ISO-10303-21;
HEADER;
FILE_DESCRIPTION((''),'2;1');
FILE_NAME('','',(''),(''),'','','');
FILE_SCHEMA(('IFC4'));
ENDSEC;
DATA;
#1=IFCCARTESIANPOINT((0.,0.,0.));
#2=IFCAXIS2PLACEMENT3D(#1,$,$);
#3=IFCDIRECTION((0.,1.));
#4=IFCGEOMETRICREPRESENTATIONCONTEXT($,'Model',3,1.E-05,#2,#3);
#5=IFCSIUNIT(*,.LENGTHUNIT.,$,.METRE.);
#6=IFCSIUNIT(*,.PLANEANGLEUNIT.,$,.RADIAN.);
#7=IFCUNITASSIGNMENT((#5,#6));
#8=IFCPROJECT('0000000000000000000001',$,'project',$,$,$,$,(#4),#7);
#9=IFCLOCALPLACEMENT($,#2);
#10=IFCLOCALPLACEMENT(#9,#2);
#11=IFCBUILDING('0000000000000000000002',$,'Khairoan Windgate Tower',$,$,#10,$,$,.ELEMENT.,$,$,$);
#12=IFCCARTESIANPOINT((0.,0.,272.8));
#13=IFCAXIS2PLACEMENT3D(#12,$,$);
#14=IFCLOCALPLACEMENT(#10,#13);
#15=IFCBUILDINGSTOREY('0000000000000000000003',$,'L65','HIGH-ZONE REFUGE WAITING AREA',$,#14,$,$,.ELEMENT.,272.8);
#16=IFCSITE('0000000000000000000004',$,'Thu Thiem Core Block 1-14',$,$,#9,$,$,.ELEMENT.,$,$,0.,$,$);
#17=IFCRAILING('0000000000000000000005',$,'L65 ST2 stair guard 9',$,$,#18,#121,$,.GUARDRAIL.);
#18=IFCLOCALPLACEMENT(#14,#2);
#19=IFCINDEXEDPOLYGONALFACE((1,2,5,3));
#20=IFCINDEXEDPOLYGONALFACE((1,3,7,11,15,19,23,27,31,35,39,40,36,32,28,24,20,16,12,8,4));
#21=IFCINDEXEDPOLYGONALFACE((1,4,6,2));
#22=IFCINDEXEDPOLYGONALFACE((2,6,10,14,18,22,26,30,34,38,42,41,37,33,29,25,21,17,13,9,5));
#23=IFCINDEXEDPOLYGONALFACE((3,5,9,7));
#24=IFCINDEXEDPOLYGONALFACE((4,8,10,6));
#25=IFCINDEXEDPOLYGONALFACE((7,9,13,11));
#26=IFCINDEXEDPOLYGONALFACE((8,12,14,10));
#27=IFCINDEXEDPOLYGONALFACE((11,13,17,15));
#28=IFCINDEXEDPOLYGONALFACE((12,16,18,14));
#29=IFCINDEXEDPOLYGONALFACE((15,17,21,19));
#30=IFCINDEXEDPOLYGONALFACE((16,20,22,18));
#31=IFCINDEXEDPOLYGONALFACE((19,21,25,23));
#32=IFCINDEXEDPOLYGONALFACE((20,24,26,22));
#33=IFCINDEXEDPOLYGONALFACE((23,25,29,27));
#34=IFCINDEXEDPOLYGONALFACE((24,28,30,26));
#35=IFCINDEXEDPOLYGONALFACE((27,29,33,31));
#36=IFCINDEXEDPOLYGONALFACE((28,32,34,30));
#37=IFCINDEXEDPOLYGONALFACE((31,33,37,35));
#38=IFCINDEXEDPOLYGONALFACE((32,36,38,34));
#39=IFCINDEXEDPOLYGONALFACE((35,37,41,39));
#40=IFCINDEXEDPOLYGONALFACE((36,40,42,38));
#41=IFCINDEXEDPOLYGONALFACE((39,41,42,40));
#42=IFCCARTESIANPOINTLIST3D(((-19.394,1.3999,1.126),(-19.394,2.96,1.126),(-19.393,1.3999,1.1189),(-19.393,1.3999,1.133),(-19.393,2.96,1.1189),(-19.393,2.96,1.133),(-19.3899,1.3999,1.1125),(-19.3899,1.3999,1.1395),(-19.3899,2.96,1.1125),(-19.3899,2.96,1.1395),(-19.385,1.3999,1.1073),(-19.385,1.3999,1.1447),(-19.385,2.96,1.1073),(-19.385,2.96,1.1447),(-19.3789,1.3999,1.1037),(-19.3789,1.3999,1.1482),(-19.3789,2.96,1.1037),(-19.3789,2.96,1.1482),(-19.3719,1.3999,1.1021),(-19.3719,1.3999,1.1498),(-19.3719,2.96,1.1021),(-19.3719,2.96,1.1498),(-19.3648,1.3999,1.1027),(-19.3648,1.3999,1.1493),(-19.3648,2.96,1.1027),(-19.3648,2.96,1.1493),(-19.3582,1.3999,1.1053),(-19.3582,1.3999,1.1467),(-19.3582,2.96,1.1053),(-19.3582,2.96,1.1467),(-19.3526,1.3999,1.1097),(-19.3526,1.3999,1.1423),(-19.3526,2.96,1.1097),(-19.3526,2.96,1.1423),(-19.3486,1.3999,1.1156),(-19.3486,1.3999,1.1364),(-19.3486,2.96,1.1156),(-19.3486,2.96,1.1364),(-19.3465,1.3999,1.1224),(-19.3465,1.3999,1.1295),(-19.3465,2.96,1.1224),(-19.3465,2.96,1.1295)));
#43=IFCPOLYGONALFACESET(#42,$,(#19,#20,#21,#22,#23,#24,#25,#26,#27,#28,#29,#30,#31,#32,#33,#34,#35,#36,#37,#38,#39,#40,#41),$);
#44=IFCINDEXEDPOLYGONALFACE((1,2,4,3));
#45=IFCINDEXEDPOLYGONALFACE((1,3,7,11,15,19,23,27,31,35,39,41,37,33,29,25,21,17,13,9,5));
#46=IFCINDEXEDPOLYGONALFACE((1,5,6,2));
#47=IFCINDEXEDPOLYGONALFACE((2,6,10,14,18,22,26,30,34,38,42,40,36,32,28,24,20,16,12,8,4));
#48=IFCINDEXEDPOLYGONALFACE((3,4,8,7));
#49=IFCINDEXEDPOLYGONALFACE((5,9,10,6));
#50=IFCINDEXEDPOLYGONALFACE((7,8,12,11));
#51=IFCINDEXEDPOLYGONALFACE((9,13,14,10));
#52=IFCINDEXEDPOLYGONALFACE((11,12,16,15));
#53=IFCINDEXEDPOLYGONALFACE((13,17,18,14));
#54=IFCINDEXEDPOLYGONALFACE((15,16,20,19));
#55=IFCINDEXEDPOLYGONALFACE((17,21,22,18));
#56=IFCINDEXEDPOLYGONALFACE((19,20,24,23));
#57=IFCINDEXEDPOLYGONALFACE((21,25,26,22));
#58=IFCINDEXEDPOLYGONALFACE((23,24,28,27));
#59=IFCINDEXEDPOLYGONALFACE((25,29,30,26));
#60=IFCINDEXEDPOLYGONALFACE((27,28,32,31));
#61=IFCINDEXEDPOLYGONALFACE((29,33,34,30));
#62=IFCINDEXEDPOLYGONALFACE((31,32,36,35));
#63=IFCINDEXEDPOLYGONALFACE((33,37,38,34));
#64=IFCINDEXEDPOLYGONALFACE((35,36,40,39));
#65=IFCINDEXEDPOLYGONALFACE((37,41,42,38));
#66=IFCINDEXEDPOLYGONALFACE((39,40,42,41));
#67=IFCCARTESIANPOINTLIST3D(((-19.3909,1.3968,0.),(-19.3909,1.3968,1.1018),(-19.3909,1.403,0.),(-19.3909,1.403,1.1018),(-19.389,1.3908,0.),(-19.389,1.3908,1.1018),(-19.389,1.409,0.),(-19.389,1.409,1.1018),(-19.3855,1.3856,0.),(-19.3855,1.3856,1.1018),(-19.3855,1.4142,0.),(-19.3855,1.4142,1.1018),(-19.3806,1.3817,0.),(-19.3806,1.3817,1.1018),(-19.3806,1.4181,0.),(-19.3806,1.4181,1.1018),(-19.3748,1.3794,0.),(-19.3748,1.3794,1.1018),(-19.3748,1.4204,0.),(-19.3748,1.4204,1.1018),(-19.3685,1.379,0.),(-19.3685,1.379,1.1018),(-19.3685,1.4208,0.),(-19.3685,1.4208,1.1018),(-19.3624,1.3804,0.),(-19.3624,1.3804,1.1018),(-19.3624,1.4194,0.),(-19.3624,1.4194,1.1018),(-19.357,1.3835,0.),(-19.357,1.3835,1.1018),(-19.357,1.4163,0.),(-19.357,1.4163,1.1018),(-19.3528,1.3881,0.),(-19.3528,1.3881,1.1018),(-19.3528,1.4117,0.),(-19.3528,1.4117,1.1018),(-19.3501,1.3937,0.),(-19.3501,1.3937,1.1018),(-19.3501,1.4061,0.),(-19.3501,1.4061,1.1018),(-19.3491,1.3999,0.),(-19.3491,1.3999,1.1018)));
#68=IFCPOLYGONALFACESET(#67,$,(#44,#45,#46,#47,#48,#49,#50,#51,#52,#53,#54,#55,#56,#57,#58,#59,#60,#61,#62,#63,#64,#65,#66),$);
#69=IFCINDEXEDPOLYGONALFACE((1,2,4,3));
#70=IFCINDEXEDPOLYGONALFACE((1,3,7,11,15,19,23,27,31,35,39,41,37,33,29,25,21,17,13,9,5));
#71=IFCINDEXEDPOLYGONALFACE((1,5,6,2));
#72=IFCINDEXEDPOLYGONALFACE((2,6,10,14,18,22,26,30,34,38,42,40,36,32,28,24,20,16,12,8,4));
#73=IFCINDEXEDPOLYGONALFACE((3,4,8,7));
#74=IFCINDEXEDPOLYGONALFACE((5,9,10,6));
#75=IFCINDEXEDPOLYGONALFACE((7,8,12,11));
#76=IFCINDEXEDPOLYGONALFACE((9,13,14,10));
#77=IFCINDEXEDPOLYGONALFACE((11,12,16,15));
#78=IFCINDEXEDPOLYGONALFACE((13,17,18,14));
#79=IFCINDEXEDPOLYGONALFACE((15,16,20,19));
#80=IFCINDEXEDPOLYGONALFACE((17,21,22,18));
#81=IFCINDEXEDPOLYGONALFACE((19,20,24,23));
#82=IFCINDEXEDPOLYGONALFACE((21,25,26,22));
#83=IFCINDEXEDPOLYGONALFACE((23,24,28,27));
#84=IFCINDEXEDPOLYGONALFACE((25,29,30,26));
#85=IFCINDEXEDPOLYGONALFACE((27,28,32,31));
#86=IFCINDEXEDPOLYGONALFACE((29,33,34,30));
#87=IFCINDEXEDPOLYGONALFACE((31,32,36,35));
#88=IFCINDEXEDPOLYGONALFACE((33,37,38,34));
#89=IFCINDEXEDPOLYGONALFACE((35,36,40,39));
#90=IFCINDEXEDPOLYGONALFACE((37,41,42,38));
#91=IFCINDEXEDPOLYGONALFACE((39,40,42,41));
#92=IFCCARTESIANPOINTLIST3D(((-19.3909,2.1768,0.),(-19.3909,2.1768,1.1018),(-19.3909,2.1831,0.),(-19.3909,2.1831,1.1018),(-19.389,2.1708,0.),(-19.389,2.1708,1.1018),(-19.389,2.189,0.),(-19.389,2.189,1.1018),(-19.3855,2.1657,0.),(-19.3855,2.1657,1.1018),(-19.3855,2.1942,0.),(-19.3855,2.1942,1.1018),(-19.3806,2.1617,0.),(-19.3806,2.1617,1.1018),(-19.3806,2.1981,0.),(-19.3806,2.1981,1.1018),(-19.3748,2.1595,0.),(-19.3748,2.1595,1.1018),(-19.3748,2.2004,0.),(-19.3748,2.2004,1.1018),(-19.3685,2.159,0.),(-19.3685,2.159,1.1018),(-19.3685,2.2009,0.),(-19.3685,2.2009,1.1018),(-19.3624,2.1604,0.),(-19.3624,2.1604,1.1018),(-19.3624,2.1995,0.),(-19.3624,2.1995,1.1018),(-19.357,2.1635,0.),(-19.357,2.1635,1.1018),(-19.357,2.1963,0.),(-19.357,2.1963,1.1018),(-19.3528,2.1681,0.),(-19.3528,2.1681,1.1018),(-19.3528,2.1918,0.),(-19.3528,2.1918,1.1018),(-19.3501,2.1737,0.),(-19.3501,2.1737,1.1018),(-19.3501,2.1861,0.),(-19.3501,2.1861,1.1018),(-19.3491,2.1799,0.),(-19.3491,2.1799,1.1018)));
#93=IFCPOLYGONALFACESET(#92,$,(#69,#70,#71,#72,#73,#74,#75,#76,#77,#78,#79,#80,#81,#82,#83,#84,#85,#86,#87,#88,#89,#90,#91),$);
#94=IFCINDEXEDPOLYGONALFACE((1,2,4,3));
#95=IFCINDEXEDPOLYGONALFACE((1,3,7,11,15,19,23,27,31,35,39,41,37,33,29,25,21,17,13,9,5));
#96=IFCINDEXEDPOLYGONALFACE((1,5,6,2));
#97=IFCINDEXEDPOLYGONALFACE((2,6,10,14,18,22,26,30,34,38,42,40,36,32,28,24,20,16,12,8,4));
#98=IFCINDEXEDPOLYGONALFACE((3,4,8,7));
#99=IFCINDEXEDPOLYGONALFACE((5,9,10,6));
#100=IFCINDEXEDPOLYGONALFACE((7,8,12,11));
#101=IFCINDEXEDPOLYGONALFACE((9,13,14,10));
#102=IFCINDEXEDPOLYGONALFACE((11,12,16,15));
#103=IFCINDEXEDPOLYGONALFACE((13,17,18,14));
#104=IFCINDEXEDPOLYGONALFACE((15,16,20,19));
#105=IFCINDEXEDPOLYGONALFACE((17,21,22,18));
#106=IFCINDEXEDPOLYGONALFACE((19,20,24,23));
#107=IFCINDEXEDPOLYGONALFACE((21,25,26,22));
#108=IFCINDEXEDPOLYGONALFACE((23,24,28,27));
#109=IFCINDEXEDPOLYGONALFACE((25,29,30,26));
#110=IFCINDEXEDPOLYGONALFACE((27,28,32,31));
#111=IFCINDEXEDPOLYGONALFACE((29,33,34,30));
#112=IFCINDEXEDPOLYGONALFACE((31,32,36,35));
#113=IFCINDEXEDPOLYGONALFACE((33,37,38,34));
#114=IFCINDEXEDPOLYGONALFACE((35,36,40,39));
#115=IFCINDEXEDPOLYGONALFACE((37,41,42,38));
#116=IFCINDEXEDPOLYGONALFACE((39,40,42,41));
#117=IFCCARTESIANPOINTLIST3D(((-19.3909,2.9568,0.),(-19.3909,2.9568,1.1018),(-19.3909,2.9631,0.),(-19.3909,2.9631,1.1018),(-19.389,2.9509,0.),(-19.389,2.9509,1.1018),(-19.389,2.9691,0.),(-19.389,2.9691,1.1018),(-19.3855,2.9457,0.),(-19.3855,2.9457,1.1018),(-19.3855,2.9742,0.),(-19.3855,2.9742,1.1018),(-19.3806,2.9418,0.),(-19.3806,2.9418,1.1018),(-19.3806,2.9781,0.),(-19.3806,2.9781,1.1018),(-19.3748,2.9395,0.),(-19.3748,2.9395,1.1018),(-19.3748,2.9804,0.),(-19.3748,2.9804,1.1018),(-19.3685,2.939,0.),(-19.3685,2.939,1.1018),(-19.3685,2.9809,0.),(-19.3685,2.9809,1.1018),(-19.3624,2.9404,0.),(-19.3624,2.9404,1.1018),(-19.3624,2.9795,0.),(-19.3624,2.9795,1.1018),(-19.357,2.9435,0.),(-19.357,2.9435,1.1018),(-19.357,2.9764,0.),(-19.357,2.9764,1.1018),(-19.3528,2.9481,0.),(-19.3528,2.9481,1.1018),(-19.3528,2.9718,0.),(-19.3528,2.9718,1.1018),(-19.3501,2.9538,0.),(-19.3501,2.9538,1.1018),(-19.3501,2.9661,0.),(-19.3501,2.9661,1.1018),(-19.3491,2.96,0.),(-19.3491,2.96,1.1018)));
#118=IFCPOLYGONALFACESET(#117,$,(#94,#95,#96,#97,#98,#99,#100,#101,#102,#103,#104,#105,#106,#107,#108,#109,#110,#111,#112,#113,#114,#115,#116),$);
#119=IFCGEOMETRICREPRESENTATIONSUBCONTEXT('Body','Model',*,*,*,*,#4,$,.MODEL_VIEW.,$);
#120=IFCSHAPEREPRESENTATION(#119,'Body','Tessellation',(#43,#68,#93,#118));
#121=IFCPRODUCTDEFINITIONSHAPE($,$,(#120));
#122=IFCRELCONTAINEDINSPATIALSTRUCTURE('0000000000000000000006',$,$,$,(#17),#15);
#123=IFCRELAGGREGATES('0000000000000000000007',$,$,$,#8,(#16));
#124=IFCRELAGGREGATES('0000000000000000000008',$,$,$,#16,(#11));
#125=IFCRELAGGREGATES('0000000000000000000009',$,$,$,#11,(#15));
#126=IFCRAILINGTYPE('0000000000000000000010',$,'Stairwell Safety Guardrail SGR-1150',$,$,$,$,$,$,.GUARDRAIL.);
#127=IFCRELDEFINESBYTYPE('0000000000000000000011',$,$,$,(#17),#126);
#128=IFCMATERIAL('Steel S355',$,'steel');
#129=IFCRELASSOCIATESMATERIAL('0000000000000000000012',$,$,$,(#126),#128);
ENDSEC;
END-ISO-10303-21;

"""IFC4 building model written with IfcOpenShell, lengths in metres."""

from ifc_helpers import new_model, si_unit, direction, frame, origin, origin_2d, place, context, subcontext, project, spatial, circle, extrude, material, type_object, element, save


model = new_model("IFC4")

# Units and contexts
model_context = context("Model", 3, precision=1e-05, world=origin(), true_north=direction((0.0, 1.0)))
body_context = subcontext(model_context, "Body", "Model", "MODEL_VIEW")
ifc_project = project(units=[si_unit("LENGTHUNIT", "METRE"), si_unit("PLANEANGLEUNIT", "RADIAN")], contexts=[model_context])

# Site, building, storey
site_placement = place(None, origin())
site = spatial("IfcSite", under=ifc_project, at=site_placement, Name="Thu Thiem Core Block 1-14", CompositionType="ELEMENT", RefElevation=0.0)
building_placement = place(site_placement, origin())
building = spatial("IfcBuilding", under=site, at=building_placement, Name="Khairoan Windgate Tower", CompositionType="ELEMENT")
storey_placement = place(building_placement, frame((0.0, 0.0, 272.8)))
storey = spatial("IfcBuildingStorey", under=building, at=storey_placement, Name="L65", Description="HIGH-ZONE REFUGE WAITING AREA", CompositionType="ELEMENT", Elevation=272.8)

# Railing
ifc_material_1 = material(Name="Steel S355", Category="steel")
railing_type_1 = type_object("IfcRailingType", Name="Stairwell Safety Guardrail SGR-1150", PredefinedType="GUARDRAIL", material=ifc_material_1)
for number, where, name in (
    (1, (-19.3701, 1.3999, 0.0), "L65 ST2 stair guard 9"),
):
    element("IfcRailing", number, at=place(storey_placement, frame(where)), inside=storey, type_object=railing_type_1, Name=name, PredefinedType="GUARDRAIL", context=body_context, shape_type="SweptSolid", body=[
        extrude(circle(Radius=0.0239, at=origin_2d()), frame((0.0, 0.0, 1.126), z_axis=(0.0, 1.0, 0.0), x_axis=(-1.0, 0.0, 0.0)), (0.0, 0.0, 1.0), 1.5601),
        extrude(circle(Radius=0.021, at=origin_2d()), origin(), (0.0, 0.0, 1.0), 1.1018),
        extrude(circle(Radius=0.021, at=origin_2d()), frame((0.0, 0.78, 0.0)), (0.0, 0.0, 1.0), 1.1018),
        extrude(circle(Radius=0.021, at=origin_2d()), frame((0.0, 1.5601, 0.0)), (0.0, 0.0, 1.0), 1.1018),
    ])

save(model, "model.ifc")
